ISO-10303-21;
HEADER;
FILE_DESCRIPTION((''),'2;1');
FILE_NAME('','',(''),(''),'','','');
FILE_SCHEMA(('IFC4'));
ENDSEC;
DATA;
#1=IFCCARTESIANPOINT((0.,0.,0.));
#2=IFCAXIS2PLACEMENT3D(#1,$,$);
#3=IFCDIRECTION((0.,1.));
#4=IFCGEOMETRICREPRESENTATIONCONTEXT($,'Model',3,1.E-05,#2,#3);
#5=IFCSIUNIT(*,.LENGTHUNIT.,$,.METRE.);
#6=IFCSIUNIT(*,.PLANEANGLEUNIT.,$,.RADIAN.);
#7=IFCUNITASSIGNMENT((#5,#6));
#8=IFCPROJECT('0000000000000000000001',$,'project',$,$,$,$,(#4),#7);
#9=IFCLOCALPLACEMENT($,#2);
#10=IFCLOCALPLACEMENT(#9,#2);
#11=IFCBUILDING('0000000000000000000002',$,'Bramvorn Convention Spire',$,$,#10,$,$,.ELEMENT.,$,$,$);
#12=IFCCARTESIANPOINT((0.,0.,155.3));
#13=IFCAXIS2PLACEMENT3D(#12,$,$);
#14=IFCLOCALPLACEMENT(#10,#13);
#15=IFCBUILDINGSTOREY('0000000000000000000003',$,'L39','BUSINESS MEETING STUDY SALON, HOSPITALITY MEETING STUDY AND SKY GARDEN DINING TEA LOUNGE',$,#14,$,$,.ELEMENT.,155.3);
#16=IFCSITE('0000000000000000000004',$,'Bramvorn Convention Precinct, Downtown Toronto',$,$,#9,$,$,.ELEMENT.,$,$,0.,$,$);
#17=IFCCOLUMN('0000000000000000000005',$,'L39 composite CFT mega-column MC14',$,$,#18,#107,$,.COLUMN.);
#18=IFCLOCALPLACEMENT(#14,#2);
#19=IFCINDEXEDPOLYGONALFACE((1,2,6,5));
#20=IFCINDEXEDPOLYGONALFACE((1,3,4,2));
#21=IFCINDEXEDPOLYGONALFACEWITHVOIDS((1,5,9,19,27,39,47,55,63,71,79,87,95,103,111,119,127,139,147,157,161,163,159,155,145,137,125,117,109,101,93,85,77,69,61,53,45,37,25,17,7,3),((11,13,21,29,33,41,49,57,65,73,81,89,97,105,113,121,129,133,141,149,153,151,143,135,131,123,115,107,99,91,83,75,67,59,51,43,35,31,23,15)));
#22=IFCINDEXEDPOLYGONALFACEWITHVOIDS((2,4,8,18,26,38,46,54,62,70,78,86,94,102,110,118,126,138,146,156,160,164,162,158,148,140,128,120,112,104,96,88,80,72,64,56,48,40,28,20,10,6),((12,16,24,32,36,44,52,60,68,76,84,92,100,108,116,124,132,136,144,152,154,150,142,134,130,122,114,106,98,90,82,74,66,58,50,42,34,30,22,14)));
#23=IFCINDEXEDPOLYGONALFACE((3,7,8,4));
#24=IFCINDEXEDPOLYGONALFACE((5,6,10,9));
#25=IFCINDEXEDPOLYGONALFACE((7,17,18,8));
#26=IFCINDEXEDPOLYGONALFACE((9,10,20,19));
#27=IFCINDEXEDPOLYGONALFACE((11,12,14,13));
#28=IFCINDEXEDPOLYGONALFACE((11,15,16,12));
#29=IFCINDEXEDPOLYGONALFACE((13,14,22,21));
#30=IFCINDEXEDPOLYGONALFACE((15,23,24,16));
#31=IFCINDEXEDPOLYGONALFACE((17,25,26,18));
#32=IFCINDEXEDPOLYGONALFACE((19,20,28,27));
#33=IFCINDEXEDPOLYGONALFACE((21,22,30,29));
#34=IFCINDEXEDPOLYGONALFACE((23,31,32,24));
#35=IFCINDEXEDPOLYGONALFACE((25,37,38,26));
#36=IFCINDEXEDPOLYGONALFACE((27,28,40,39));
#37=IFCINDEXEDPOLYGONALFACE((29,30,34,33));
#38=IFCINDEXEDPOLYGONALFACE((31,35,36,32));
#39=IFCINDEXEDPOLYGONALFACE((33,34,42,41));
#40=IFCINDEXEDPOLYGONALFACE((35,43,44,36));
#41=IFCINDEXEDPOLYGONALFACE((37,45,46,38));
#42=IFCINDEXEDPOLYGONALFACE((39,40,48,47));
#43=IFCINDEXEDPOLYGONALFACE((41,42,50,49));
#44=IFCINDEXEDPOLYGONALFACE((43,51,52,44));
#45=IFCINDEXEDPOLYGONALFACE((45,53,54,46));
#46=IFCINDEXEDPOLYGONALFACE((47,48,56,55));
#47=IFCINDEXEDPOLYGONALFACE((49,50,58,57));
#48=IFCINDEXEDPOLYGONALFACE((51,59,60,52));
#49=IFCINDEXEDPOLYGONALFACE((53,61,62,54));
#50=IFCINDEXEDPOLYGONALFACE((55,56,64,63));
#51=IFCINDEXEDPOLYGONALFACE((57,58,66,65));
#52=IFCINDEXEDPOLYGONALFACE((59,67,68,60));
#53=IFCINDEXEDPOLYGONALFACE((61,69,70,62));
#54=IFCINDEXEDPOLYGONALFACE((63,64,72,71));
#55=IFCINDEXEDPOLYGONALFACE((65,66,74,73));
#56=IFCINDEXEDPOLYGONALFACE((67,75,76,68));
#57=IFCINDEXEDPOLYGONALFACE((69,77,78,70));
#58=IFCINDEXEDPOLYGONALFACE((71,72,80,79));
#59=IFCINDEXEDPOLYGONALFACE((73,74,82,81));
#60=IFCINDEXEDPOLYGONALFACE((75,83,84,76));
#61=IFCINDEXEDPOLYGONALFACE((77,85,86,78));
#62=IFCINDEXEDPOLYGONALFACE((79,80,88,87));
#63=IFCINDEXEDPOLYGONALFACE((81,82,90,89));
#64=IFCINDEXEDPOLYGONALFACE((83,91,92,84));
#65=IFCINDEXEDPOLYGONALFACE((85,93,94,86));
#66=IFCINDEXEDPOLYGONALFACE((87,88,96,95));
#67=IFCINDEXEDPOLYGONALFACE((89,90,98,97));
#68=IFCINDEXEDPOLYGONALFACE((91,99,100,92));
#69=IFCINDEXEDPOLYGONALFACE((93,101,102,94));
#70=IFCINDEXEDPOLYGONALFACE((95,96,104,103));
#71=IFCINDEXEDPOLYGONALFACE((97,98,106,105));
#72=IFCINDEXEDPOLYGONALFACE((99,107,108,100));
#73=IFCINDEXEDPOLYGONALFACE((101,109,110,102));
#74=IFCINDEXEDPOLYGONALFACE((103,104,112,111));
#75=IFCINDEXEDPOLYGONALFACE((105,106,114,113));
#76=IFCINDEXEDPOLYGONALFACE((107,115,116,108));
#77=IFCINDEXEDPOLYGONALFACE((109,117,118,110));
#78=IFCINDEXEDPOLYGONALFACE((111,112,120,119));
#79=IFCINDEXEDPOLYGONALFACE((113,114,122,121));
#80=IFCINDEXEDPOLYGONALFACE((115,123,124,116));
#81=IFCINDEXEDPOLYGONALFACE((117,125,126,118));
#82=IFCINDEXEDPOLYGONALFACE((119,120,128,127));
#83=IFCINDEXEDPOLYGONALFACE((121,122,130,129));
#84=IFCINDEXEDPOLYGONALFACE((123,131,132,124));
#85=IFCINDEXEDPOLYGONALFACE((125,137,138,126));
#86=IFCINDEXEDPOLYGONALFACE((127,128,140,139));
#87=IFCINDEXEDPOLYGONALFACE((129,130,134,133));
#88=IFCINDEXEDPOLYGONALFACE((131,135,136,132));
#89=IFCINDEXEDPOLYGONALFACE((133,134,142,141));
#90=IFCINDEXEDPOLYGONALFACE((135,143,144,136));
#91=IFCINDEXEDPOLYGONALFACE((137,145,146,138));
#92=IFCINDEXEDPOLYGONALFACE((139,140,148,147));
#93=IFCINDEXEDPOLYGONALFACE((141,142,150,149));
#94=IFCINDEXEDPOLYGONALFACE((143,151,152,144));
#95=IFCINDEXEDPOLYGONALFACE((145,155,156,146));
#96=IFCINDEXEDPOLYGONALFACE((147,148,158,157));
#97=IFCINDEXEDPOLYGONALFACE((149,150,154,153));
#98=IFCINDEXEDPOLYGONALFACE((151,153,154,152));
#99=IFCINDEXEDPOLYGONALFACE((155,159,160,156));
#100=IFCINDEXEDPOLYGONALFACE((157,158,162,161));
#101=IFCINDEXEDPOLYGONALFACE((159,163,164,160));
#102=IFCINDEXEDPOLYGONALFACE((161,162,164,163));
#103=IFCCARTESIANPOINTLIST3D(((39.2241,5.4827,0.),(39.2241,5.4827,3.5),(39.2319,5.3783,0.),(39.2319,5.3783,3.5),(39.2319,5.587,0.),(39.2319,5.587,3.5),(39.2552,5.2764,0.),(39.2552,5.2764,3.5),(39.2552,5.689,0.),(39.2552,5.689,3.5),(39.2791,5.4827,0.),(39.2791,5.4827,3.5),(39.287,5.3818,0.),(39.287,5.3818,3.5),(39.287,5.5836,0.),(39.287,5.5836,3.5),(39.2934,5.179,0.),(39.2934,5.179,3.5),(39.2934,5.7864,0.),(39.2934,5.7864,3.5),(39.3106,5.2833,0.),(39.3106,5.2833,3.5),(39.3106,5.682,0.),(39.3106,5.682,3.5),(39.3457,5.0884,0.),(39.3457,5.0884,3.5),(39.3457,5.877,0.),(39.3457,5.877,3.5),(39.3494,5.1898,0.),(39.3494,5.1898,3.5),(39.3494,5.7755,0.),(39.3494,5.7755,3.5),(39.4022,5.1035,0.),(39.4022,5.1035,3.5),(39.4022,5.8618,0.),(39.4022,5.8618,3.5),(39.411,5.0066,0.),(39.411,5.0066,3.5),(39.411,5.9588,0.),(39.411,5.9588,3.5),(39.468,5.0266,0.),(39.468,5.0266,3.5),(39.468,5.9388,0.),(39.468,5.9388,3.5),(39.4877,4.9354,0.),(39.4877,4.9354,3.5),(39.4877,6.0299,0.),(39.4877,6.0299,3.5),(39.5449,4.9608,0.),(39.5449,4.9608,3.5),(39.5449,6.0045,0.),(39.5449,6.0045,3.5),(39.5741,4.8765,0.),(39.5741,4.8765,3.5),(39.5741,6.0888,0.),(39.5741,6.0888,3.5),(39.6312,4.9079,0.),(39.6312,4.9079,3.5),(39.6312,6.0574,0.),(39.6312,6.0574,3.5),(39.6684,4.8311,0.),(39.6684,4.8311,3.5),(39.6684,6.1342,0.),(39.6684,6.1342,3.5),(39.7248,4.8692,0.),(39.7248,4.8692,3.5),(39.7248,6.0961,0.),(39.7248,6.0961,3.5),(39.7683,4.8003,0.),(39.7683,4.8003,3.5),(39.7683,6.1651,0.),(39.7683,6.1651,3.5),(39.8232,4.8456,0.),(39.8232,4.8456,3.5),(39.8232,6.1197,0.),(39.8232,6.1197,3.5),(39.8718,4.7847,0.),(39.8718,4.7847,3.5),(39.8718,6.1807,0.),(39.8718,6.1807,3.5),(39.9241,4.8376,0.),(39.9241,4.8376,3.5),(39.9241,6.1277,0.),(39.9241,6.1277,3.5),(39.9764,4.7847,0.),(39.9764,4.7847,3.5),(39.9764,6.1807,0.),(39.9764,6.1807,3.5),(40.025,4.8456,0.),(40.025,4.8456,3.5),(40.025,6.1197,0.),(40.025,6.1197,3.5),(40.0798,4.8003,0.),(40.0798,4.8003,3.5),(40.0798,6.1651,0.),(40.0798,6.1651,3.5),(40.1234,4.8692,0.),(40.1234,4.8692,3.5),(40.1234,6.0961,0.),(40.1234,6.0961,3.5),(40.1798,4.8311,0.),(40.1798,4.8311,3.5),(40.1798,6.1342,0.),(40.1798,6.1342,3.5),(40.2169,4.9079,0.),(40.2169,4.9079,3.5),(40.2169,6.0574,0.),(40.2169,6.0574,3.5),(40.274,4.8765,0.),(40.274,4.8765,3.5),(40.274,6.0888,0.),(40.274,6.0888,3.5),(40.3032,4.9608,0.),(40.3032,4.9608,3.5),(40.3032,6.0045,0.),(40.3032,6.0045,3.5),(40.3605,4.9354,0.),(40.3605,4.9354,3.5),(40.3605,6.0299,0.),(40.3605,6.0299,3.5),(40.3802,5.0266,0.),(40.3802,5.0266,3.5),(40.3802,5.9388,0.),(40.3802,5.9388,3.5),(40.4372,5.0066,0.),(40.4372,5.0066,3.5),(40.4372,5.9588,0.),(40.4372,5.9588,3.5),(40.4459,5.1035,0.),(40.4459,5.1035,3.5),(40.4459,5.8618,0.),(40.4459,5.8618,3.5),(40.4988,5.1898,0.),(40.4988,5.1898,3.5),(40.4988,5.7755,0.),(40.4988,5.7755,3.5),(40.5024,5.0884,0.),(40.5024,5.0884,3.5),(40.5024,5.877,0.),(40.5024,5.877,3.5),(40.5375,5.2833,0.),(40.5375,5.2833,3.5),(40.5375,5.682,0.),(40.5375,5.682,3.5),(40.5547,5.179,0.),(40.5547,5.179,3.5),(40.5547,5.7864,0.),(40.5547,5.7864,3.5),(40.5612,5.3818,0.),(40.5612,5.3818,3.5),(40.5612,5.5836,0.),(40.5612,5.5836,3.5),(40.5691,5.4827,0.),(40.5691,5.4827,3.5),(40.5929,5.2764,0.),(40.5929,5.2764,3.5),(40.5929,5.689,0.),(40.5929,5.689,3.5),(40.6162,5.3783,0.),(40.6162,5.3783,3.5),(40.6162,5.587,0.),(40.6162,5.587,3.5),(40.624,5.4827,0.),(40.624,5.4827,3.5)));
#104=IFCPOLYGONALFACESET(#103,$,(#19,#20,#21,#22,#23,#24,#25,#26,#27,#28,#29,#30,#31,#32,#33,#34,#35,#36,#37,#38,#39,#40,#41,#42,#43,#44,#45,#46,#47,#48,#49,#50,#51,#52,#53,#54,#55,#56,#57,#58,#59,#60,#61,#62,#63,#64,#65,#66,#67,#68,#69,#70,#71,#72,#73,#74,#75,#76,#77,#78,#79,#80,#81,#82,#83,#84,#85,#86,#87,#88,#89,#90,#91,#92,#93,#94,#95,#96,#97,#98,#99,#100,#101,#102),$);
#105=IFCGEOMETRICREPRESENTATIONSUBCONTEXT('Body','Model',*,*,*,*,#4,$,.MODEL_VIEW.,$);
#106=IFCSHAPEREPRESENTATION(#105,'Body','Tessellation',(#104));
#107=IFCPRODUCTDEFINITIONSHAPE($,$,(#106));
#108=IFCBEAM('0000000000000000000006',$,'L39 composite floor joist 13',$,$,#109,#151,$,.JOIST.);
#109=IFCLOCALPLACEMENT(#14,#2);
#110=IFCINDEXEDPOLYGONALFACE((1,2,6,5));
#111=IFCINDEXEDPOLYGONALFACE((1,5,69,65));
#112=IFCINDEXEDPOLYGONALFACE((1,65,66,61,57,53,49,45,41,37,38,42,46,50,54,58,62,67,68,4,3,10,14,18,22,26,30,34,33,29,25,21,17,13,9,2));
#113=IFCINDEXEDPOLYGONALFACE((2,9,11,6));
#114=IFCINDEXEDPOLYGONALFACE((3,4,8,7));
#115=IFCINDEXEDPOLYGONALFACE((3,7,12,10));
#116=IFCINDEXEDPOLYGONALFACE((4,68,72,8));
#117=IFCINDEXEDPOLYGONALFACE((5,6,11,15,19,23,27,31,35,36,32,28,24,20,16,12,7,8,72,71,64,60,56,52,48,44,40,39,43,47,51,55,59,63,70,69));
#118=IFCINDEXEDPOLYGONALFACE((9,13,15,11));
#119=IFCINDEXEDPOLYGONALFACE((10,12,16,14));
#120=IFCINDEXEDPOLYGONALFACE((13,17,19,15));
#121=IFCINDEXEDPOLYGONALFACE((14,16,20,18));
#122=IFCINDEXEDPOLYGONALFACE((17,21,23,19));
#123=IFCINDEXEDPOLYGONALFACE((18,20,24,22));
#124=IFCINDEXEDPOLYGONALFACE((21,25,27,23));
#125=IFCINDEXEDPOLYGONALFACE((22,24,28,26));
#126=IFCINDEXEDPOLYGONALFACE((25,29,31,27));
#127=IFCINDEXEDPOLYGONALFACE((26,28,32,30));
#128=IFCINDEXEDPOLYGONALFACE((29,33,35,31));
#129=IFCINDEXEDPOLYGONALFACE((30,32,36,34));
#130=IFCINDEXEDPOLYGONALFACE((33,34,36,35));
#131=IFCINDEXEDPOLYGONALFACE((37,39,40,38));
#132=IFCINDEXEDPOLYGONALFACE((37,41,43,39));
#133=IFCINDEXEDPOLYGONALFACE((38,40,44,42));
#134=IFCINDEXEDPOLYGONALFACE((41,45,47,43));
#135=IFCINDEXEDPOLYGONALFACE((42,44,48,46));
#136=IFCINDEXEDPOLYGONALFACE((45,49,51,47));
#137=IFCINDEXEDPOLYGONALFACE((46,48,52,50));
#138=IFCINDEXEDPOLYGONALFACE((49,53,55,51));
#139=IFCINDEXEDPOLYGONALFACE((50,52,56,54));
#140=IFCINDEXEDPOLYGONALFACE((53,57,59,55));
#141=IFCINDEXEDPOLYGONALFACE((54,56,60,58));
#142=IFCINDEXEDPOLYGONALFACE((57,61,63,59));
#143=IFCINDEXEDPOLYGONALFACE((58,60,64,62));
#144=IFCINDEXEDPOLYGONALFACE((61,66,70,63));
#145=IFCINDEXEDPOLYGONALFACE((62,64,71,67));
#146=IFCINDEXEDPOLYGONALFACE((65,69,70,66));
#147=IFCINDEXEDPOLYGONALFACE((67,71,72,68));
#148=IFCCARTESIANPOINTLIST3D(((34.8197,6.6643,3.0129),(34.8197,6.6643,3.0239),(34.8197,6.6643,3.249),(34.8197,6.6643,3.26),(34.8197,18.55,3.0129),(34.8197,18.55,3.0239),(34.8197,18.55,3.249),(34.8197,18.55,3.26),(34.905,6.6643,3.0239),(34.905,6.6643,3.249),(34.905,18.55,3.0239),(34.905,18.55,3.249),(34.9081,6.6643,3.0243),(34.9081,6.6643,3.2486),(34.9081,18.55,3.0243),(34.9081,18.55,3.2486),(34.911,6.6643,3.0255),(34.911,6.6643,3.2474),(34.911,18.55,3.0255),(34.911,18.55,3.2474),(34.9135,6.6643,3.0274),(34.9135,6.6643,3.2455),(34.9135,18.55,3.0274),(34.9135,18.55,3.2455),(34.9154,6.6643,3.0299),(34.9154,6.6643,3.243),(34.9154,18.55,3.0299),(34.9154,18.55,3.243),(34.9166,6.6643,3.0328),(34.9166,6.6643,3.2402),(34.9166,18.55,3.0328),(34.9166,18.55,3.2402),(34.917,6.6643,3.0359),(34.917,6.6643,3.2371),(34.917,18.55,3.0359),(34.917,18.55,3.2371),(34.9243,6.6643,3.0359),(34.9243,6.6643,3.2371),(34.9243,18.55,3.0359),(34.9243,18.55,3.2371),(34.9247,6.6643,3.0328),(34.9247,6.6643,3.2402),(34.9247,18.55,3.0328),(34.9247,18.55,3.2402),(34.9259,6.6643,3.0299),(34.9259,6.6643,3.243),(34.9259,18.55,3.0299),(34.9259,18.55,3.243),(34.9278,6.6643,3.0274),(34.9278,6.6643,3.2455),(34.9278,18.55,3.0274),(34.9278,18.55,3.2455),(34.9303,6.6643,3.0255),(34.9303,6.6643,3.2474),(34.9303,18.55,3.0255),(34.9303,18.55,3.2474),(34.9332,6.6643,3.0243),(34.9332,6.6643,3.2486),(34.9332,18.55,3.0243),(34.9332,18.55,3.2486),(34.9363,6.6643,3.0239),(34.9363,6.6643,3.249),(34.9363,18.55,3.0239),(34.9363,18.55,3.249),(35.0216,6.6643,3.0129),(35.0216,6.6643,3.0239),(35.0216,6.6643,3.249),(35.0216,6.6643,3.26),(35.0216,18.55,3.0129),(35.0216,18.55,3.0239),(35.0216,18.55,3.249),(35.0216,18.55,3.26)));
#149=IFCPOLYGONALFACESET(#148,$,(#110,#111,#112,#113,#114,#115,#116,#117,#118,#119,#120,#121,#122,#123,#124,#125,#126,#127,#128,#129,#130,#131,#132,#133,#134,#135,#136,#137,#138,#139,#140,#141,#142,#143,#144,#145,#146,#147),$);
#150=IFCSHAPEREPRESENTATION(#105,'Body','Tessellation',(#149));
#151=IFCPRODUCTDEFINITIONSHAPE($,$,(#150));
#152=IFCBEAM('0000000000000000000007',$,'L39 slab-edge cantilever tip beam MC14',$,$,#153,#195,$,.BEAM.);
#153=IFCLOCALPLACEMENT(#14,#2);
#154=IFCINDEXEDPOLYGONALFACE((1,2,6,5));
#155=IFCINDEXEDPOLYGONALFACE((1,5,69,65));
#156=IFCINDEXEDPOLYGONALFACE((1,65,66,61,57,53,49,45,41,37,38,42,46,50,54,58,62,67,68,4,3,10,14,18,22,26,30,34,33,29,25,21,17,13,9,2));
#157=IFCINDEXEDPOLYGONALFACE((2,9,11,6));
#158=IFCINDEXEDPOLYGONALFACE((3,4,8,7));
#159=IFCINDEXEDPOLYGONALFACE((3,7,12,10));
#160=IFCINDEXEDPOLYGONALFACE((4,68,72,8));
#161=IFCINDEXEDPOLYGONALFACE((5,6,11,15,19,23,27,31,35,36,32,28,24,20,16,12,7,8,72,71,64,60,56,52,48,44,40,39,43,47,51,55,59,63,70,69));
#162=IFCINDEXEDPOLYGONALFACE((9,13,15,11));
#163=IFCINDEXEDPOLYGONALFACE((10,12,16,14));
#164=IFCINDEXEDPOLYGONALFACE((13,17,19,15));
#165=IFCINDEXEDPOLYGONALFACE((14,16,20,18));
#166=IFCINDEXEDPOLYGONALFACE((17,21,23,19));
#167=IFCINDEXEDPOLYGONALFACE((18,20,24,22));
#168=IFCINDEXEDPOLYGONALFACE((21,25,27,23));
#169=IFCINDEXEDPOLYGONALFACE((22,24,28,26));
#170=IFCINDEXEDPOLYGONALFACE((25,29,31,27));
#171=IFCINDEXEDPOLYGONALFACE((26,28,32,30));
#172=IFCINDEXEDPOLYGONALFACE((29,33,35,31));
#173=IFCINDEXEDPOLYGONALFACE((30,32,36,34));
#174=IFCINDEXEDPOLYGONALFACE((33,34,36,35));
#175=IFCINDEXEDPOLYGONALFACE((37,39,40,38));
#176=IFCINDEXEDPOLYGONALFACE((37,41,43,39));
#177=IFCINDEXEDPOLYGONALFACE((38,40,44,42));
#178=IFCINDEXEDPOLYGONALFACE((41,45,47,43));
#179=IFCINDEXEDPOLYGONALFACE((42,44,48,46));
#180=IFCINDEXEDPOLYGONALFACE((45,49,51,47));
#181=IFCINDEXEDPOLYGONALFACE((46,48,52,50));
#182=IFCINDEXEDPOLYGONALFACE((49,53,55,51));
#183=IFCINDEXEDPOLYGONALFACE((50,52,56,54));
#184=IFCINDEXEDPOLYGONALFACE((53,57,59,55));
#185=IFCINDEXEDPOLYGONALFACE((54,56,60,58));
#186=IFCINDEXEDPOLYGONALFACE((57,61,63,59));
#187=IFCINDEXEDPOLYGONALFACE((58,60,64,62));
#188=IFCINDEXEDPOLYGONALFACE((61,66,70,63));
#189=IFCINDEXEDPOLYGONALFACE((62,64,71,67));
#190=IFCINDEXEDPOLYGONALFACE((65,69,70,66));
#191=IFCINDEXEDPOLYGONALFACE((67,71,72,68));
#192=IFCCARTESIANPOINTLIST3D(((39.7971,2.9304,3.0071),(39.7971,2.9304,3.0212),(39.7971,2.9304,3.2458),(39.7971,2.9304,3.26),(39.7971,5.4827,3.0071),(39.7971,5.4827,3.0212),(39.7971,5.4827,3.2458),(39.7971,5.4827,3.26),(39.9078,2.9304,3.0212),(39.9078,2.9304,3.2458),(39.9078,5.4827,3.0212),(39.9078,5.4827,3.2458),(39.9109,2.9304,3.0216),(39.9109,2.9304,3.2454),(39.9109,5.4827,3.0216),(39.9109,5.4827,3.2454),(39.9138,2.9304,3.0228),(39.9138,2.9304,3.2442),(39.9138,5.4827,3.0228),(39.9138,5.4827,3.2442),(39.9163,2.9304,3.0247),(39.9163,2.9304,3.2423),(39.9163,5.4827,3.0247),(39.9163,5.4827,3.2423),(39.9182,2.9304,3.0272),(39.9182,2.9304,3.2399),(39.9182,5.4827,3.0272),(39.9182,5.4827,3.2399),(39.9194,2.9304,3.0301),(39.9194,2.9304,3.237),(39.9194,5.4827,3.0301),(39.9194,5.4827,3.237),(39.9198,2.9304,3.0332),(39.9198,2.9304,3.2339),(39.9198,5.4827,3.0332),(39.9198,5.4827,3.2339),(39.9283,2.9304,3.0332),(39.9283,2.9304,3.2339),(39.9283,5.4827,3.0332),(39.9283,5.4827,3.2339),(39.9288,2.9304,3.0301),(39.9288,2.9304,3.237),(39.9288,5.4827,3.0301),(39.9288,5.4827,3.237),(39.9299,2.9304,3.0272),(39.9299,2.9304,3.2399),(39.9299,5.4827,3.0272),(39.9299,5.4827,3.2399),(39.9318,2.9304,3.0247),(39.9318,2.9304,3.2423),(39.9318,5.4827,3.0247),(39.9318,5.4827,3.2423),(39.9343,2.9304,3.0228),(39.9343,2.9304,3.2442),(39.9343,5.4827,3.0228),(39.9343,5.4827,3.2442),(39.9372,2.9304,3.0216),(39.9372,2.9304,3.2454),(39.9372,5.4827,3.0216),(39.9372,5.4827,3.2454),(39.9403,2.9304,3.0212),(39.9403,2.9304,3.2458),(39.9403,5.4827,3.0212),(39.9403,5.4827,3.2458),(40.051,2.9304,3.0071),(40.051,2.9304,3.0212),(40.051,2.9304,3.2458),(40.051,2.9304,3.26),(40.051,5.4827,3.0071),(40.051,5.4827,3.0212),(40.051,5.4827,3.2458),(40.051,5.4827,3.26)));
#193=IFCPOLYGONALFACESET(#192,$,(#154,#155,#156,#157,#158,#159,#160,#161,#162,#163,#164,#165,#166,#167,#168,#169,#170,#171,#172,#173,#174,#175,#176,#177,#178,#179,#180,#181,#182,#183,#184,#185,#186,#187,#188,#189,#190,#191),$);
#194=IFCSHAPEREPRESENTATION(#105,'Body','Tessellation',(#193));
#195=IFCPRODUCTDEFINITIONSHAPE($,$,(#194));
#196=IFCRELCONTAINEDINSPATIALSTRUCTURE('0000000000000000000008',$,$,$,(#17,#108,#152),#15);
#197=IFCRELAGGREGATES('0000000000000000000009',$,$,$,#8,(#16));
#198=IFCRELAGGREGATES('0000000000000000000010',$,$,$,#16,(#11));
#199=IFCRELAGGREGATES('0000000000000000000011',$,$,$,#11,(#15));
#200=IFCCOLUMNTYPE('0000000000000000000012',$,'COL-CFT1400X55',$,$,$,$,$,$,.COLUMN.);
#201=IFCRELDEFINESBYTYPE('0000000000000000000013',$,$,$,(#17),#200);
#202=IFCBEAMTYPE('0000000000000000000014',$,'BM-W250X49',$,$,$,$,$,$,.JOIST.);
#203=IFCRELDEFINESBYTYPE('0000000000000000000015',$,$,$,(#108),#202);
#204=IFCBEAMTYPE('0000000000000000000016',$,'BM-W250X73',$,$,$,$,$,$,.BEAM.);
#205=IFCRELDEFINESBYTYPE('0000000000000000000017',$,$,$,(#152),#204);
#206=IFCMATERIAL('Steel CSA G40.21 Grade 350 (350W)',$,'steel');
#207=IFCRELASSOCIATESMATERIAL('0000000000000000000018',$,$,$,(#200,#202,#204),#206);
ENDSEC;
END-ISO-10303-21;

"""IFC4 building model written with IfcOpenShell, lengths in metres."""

from ifc_helpers import new_model, si_unit, direction, frame, origin, origin_2d, place, context, subcontext, project, spatial, hollow_circle, i_section, extrude, material, material_profile, profile_set, type_object, element, save


model = new_model("IFC4")

# Units and contexts
model_context = context("Model", 3, precision=1e-05, world=origin(), true_north=direction((0.0, 1.0)))
body_context = subcontext(model_context, "Body", "Model", "MODEL_VIEW")
ifc_project = project(units=[si_unit("LENGTHUNIT", "METRE"), si_unit("PLANEANGLEUNIT", "RADIAN")], contexts=[model_context])

# Site, building, storey
site_placement = place(None, origin())
site = spatial("IfcSite", under=ifc_project, at=site_placement, Name="Bramvorn Convention Precinct, Downtown Toronto", CompositionType="ELEMENT", RefElevation=0.0)
building_placement = place(site_placement, origin())
building = spatial("IfcBuilding", under=site, at=building_placement, Name="Bramvorn Convention Spire", CompositionType="ELEMENT")
storey_placement = place(building_placement, frame((0.0, 0.0, 155.3)))
storey = spatial("IfcBuildingStorey", under=building, at=storey_placement, Name="L39", Description="BUSINESS MEETING STUDY SALON, HOSPITALITY MEETING STUDY AND SKY GARDEN DINING TEA LOUNGE", CompositionType="ELEMENT", Elevation=155.3)

# Column
ifc_material_1 = material(Name="Steel CSA G40.21 Grade 350 (350W)", Category="steel")
ifc_material_profile_1 = material_profile(ifc_material_1, hollow_circle(Radius=0.7, WallThickness=0.0549, at=origin_2d()))
ifc_profile_set_1 = profile_set([ifc_material_profile_1], Name="Steel CSA G40.21 Grade 350 (350W) - CFT1400X55")
column_type = type_object("IfcColumnType", Name="COL-CFT1400X55", PredefinedType="COLUMN", material=ifc_profile_set_1)
column_placement = place(storey_placement, frame((39.9241, 5.4827, 0.0), z_axis=(0.0, 0.0, 1.0), x_axis=(1.0, 0.0, 0.0)))
element("IfcColumn", 1, at=column_placement, inside=storey, type_object=column_type, Name="L39 composite CFT mega-column MC14", PredefinedType="COLUMN", context=body_context, shape_type="SweptSolid", body=[
    extrude(hollow_circle(Radius=0.7, WallThickness=0.0549, at=origin_2d()), origin(), (0.0, 0.0, 1.0), 3.5),
])

# Beams
ifc_material_profile_2 = material_profile(ifc_material_1, i_section(OverallWidth=0.2019, OverallDepth=0.2471, WebThickness=0.0073, FlangeThickness=0.011, FilletRadius=0.012, at=origin_2d()))
ifc_profile_set_2 = profile_set([ifc_material_profile_2], Name="Steel CSA G40.21 Grade 350 (350W) - W250X49")
beam_type_1 = type_object("IfcBeamType", Name="BM-W250X49", PredefinedType="JOIST", material=ifc_profile_set_2)
beam_1_placement = place(storey_placement, frame((34.9207, 18.55, 3.1365), z_axis=(0.0, -1.0, 0.0), x_axis=(1.0, 0.0, 0.0)))
element("IfcBeam", 2, at=beam_1_placement, inside=storey, type_object=beam_type_1, Name="L39 composite floor joist 13", PredefinedType="JOIST", context=body_context, shape_type="SweptSolid", body=[
    extrude(i_section(OverallWidth=0.2019, OverallDepth=0.2471, WebThickness=0.0073, FlangeThickness=0.011, FilletRadius=0.012, at=origin_2d()), origin(), (0.0, 0.0, 1.0), 11.8857),
])
ifc_material_profile_3 = material_profile(ifc_material_1, i_section(OverallWidth=0.2539, OverallDepth=0.2529, WebThickness=0.0085, FlangeThickness=0.0142, FilletRadius=0.012, at=origin_2d()))
ifc_profile_set_3 = profile_set([ifc_material_profile_3], Name="Steel CSA G40.21 Grade 350 (350W) - W250X73")
beam_type_2 = type_object("IfcBeamType", Name="BM-W250X73", PredefinedType="BEAM", material=ifc_profile_set_3)
beam_2_placement = place(storey_placement, frame((39.9241, 5.4827, 3.1335), z_axis=(0.0, -1.0, 0.0), x_axis=(1.0, 0.0, 0.0)))
element("IfcBeam", 3, at=beam_2_placement, inside=storey, type_object=beam_type_2, Name="L39 slab-edge cantilever tip beam MC14", PredefinedType="BEAM", context=body_context, shape_type="SweptSolid", body=[
    extrude(i_section(OverallWidth=0.2539, OverallDepth=0.2529, WebThickness=0.0085, FlangeThickness=0.0142, FilletRadius=0.012, at=origin_2d()), origin(), (0.0, 0.0, 1.0), 2.5522),
])

save(model, "model.ifc")
